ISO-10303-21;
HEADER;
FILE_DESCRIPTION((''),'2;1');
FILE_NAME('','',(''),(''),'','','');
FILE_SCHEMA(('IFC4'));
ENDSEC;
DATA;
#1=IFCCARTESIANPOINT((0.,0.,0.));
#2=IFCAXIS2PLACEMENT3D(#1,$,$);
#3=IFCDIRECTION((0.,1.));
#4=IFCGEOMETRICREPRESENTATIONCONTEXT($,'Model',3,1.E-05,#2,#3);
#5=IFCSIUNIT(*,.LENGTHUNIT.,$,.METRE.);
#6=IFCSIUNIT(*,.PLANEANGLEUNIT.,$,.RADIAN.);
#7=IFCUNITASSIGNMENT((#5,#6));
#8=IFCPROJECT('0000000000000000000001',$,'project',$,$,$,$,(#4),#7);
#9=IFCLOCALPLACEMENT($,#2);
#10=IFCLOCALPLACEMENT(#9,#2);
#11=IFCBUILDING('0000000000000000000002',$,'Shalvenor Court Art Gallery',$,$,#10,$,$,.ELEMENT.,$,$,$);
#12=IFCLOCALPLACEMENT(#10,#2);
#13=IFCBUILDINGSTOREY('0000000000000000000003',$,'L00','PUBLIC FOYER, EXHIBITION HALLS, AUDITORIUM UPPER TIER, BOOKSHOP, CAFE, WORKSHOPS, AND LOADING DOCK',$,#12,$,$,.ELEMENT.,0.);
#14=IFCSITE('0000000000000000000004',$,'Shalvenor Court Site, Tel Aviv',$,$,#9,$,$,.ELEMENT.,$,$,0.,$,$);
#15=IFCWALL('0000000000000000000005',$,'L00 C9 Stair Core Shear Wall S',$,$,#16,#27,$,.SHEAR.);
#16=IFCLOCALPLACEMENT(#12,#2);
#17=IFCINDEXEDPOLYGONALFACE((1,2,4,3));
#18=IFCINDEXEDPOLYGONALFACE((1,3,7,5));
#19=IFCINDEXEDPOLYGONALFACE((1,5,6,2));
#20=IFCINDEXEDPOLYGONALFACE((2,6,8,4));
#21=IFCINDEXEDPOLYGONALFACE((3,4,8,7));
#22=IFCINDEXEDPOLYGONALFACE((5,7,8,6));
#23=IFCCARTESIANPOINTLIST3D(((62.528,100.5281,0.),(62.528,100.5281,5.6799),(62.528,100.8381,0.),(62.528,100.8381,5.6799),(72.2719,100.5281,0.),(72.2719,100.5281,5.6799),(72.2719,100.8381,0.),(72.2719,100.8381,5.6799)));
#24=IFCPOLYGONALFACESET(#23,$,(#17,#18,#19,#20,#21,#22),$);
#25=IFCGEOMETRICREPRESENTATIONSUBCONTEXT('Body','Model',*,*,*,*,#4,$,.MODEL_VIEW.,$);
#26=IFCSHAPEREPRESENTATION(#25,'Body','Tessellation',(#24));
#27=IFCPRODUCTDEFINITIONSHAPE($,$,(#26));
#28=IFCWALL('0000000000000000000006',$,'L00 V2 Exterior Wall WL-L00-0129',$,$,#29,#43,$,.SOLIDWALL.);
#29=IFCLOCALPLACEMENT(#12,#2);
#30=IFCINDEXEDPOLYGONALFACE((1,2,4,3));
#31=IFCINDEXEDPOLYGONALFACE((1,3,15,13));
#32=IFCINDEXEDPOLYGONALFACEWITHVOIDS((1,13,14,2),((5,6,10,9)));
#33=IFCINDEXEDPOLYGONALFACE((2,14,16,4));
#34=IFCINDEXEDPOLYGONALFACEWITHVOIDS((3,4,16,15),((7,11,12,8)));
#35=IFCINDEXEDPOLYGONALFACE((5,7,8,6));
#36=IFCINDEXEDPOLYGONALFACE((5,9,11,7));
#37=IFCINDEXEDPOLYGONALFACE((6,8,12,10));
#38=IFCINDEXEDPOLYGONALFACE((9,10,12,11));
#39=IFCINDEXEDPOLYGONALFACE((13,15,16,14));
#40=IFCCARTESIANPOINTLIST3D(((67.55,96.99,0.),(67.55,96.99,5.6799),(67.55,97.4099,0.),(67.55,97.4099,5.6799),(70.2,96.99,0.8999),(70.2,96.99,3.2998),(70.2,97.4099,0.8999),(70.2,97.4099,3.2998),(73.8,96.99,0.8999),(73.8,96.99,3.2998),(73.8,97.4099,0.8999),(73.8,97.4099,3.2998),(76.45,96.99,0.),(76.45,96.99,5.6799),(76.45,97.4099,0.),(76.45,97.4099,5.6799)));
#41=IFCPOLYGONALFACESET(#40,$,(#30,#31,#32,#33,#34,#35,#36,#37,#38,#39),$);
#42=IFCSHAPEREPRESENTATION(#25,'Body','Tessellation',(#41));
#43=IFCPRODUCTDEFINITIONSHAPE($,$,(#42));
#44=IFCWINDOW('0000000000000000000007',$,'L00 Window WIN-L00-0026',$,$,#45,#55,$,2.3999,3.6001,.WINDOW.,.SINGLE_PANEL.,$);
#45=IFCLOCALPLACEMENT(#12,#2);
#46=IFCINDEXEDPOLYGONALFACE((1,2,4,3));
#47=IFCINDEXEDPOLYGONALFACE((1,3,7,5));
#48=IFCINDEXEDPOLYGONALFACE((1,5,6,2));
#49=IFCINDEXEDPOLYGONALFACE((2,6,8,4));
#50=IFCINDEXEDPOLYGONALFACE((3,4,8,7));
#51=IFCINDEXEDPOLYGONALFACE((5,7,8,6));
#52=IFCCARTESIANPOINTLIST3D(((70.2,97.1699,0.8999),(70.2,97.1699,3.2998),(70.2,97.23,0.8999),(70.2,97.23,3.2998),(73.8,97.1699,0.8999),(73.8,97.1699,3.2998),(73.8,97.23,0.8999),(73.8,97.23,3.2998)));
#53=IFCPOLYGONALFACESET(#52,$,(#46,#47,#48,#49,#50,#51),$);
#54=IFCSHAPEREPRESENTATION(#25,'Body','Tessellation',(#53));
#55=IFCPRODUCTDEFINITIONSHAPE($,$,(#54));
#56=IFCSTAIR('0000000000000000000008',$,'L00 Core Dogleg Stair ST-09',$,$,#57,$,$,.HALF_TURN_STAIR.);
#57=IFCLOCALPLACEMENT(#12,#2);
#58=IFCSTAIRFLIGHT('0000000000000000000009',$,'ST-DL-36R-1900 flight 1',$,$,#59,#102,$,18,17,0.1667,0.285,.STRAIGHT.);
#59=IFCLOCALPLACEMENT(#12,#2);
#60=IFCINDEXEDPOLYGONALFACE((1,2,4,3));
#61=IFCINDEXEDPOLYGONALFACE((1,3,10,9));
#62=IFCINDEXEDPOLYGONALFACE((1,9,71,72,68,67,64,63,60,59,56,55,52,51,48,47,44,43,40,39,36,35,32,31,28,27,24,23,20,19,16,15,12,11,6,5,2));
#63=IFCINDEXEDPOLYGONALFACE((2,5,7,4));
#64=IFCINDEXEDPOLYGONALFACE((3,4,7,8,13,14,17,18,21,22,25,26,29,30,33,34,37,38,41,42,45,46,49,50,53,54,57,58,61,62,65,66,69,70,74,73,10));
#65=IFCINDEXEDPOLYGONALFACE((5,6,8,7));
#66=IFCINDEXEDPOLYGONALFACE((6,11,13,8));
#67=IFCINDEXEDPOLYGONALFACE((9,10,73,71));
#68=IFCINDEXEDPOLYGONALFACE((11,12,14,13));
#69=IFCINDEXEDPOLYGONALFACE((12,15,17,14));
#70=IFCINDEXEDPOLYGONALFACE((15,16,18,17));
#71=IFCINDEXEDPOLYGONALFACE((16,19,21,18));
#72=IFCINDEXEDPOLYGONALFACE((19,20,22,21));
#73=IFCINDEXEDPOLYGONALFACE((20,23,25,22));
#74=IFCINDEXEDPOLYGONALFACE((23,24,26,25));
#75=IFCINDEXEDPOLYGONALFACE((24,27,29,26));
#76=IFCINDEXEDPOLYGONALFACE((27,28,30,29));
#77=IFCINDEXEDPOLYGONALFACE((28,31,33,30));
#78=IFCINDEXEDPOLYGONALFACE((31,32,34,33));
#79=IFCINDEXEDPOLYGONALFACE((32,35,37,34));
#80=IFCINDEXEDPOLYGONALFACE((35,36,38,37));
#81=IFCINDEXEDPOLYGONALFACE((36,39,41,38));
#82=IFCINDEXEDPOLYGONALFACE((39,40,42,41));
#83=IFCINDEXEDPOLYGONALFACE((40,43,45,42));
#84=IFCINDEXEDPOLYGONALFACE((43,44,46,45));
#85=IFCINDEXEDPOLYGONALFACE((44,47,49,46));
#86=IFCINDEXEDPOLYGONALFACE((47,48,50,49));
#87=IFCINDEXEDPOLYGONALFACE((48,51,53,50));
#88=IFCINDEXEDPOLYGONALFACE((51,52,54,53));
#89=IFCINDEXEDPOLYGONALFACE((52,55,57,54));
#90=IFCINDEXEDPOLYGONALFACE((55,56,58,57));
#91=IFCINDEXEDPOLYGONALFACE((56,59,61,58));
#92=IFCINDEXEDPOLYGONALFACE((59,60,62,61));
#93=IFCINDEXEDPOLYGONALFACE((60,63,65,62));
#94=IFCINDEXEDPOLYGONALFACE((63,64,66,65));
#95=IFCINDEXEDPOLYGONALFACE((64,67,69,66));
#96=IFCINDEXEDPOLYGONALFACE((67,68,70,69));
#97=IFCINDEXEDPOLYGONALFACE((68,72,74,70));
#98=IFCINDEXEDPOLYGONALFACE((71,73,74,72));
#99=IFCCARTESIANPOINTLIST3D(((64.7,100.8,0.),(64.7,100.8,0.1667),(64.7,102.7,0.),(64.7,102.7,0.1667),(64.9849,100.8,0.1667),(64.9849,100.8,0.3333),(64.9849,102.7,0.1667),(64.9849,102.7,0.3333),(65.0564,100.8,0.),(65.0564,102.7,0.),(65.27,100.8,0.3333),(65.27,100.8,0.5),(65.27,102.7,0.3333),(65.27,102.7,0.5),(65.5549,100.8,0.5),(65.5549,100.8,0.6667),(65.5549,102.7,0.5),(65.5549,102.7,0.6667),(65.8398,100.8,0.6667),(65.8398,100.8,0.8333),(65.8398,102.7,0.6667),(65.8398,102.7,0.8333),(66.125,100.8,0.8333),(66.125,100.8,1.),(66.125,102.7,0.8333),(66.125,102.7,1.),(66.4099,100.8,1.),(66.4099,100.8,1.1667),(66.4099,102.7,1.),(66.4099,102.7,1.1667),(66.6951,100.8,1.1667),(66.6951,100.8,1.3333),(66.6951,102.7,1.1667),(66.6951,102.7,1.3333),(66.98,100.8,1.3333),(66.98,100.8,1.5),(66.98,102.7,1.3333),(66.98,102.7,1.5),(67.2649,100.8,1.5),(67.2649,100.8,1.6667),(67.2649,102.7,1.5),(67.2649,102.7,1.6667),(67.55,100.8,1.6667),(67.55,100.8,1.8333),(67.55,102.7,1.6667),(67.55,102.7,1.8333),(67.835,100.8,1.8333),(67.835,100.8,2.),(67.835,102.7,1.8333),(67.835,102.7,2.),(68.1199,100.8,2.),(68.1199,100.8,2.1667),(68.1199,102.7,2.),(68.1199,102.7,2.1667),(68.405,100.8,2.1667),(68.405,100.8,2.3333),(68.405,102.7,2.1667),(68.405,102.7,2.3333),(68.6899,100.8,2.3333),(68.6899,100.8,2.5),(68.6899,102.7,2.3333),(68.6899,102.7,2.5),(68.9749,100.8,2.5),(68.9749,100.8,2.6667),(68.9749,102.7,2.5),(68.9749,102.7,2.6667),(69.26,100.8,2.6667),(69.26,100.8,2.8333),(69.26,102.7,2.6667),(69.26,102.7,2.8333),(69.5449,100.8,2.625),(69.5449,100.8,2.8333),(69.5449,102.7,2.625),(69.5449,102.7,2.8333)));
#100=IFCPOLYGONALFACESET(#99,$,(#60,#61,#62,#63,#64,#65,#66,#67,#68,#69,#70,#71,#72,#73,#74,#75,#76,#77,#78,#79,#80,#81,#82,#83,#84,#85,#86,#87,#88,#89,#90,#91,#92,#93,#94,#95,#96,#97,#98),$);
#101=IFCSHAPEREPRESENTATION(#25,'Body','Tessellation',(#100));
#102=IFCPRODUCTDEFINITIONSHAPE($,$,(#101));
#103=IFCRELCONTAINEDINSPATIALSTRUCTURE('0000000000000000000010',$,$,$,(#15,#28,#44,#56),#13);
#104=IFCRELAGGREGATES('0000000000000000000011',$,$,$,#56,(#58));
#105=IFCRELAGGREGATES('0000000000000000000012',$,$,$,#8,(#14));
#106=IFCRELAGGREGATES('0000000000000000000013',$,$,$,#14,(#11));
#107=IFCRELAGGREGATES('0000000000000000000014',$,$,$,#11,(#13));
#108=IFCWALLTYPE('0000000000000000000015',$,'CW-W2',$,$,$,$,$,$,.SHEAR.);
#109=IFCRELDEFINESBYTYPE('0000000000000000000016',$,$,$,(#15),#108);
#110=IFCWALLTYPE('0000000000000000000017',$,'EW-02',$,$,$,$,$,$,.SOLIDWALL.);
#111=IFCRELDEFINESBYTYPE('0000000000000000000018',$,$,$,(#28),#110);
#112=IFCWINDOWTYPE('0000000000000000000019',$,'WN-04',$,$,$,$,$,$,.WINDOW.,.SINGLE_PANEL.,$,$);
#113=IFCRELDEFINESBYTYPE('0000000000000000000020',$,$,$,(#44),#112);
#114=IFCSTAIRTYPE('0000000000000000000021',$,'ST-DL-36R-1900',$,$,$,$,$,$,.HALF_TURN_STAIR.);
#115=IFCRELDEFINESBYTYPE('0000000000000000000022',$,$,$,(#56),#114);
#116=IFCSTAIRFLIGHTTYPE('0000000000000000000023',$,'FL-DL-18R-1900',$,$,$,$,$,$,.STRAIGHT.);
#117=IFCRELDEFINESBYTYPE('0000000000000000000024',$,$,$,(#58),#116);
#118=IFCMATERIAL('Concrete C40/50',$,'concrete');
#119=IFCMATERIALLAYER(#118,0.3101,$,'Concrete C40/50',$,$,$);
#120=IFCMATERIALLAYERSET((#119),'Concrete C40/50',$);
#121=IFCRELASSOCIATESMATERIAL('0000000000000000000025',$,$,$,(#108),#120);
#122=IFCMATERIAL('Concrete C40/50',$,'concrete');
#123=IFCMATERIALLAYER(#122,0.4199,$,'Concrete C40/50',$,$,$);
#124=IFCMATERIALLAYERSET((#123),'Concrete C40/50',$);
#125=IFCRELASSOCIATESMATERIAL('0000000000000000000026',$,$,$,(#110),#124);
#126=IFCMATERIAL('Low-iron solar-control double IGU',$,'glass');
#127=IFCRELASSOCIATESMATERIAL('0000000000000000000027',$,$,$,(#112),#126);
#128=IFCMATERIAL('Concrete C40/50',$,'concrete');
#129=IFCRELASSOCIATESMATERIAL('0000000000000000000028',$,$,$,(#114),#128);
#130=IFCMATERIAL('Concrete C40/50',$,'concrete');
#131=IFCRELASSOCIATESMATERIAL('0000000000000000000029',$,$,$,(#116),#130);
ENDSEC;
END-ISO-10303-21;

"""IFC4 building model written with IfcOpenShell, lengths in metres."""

from ifc_helpers import new_model, si_unit, direction, frame, frame_2d, origin, place, context, subcontext, project, spatial, polyline, rectangle, outline, extrude, material, layer, layer_set, type_object, element, fill, aggregate, save


model = new_model("IFC4")

# Units and contexts
model_context = context("Model", 3, precision=1e-05, world=origin(), true_north=direction((0.0, 1.0)))
body_context = subcontext(model_context, "Body", "Model", "MODEL_VIEW")
ifc_project = project(units=[si_unit("LENGTHUNIT", "METRE"), si_unit("PLANEANGLEUNIT", "RADIAN")], contexts=[model_context])

# Site, building, storey
site_placement = place(None, origin())
site = spatial("IfcSite", under=ifc_project, at=site_placement, Name="Shalvenor Court Site, Tel Aviv", CompositionType="ELEMENT", RefElevation=0.0)
building_placement = place(site_placement, origin())
building = spatial("IfcBuilding", under=site, at=building_placement, Name="Shalvenor Court Art Gallery", CompositionType="ELEMENT")
storey_placement = place(building_placement, origin())
storey = spatial("IfcBuildingStorey", under=building, at=storey_placement, Name="L00", Description="PUBLIC FOYER, EXHIBITION HALLS, AUDITORIUM UPPER TIER, BOOKSHOP, CAFE, WORKSHOPS, AND LOADING DOCK", CompositionType="ELEMENT", Elevation=0.0)

# Wall
ifc_material_1 = material(Name="Concrete C40/50", Category="concrete")
ifc_layer_1 = layer(ifc_material_1, 0.3101, Name="Concrete C40/50")
ifc_layer_set_1 = layer_set([ifc_layer_1], Name="Concrete C40/50")
wall_type_1 = type_object("IfcWallType", Name="CW-W2", PredefinedType="SHEAR", material=ifc_layer_set_1)
wall_1_placement = place(storey_placement, frame((72.272, 100.6831, 0.0), z_axis=(0.0, 0.0, 1.0), x_axis=(-1.0, 0.0, 0.0)))
element("IfcWall", 1, at=wall_1_placement, inside=storey, type_object=wall_type_1, Name="L00 C9 Stair Core Shear Wall S", PredefinedType="SHEAR", context=body_context, shape_type="SweptSolid", body=[
    extrude(rectangle(XDim=9.7439, YDim=0.3101, at=frame_2d((4.8721, 0.0))), origin(), (0.0, 0.0, 1.0), 5.6799),
])

# Wall, opening, window
ifc_material_2 = material(Name="Concrete C40/50", Category="concrete")
ifc_layer_2 = layer(ifc_material_2, 0.4199, Name="Concrete C40/50")
ifc_layer_set_2 = layer_set([ifc_layer_2], Name="Concrete C40/50")
wall_type_2 = type_object("IfcWallType", Name="EW-02", PredefinedType="SOLIDWALL", material=ifc_layer_set_2)
wall_2_placement = place(storey_placement, frame((76.45, 97.2, 0.0), z_axis=(0.0, 0.0, 1.0), x_axis=(-1.0, 0.0, 0.0)))
wall_2 = element("IfcWall", 2, at=wall_2_placement, inside=storey, type_object=wall_type_2, Name="L00 V2 Exterior Wall WL-L00-0129", PredefinedType="SOLIDWALL", context=body_context, shape_type="SweptSolid", body=[
    extrude(rectangle(XDim=8.8999, YDim=0.4199, at=frame_2d((4.45, 0.0))), origin(), (0.0, 0.0, 1.0), 5.6799),
])
opening_placement = place(wall_2_placement, frame((2.6499, 0.0, 0.8999)))
opening = element("IfcOpeningElement", 3, at=opening_placement, cuts=wall_2, PredefinedType="OPENING", context=body_context, shape_type="SweptSolid", body=[
    extrude(rectangle(XDim=3.6001, YDim=2.3999, at=frame_2d((1.8, 1.2))), frame((0.0, 0.22, 0.0), z_axis=(0.0, -1.0, 0.0), x_axis=(1.0, 0.0, 0.0)), (0.0, 0.0, 1.0), 0.4399),
])
ifc_material_3 = material(Name="Low-iron solar-control double IGU", Category="glass")
window_type = type_object("IfcWindowType", Name="WN-04", PartitioningType="SINGLE_PANEL", PredefinedType="WINDOW", material=ifc_material_3)
window_placement = place(opening_placement, origin())
window = element("IfcWindow", 4, at=window_placement, inside=storey, type_object=window_type, Name="L00 Window WIN-L00-0026", OverallHeight=2.3999, OverallWidth=3.6001, PartitioningType="SINGLE_PANEL", PredefinedType="WINDOW", context=body_context, shape_type="SweptSolid", body=[
    extrude(rectangle(XDim=3.6001, YDim=2.3999, at=frame_2d((1.8, 1.2))), frame((0.0, 0.03, 0.0), z_axis=(0.0, -1.0, 0.0), x_axis=(1.0, 0.0, 0.0)), (0.0, 0.0, 1.0), 0.0601),
])
fill(opening, window)

# Stair, stair flight
ifc_material_4 = material(Name="Concrete C40/50", Category="concrete")
stair_type = type_object("IfcStairType", Name="ST-DL-36R-1900", PredefinedType="HALF_TURN_STAIR", material=ifc_material_4)
stair_placement = place(storey_placement, origin())
stair = element("IfcStair", 5, at=stair_placement, inside=storey, type_object=stair_type, Name="L00 Core Dogleg Stair ST-09", PredefinedType="HALF_TURN_STAIR")
ifc_material_5 = material(Name="Concrete C40/50", Category="concrete")
stair_flight_type = type_object("IfcStairFlightType", Name="FL-DL-18R-1900", PredefinedType="STRAIGHT", material=ifc_material_5)
stair_flight_placement = place(storey_placement, frame((64.7, 101.75, 0.0), z_axis=(0.0, 0.0, 1.0), x_axis=(1.0, 0.0, 0.0)))
stair_flight = element("IfcStairFlight", 6, at=stair_flight_placement, type_object=stair_flight_type, Name="ST-DL-36R-1900 flight 1", NumberOfRisers=18, NumberOfTreads=17, PredefinedType="STRAIGHT", RiserHeight=0.1667, TreadLength=0.285, context=body_context, shape_type="SweptSolid", body=[
    extrude(outline(polyline([(0.0, 0.0), (0.0, 0.1667), (0.2849, 0.1667), (0.2849, 0.3333), (0.5701, 0.3333), (0.5701, 0.5), (0.855, 0.5), (0.855, 0.6667), (1.1399, 0.6667), (1.1399, 0.8333), (1.425, 0.8333), (1.425, 1.0), (1.71, 1.0), (1.71, 1.1667), (1.9951, 1.1667), (1.9951, 1.3333), (2.28, 1.3333), (2.28, 1.5), (2.5649, 1.5), (2.5649, 1.6667), (2.8501, 1.6667), (2.8501, 1.8333), (3.135, 1.8333), (3.135, 2.0), (3.4199, 2.0), (3.4199, 2.1667), (3.7051, 2.1667), (3.7051, 2.3333), (3.99, 2.3333), (3.99, 2.5), (4.2749, 2.5), (4.2749, 2.6667), (4.5601, 2.6667), (4.5601, 2.8333), (4.845, 2.8333), (4.845, 3.0), (4.845, 2.625), (0.3564, 0.0), (0.0, 0.0)])), frame((0.0, 0.95, 0.0), z_axis=(0.0, -1.0, 0.0), x_axis=(1.0, 0.0, 0.0)), (0.0, 0.0, 1.0), 1.8999),
])
aggregate(stair, [stair_flight])

save(model, "model.ifc")
